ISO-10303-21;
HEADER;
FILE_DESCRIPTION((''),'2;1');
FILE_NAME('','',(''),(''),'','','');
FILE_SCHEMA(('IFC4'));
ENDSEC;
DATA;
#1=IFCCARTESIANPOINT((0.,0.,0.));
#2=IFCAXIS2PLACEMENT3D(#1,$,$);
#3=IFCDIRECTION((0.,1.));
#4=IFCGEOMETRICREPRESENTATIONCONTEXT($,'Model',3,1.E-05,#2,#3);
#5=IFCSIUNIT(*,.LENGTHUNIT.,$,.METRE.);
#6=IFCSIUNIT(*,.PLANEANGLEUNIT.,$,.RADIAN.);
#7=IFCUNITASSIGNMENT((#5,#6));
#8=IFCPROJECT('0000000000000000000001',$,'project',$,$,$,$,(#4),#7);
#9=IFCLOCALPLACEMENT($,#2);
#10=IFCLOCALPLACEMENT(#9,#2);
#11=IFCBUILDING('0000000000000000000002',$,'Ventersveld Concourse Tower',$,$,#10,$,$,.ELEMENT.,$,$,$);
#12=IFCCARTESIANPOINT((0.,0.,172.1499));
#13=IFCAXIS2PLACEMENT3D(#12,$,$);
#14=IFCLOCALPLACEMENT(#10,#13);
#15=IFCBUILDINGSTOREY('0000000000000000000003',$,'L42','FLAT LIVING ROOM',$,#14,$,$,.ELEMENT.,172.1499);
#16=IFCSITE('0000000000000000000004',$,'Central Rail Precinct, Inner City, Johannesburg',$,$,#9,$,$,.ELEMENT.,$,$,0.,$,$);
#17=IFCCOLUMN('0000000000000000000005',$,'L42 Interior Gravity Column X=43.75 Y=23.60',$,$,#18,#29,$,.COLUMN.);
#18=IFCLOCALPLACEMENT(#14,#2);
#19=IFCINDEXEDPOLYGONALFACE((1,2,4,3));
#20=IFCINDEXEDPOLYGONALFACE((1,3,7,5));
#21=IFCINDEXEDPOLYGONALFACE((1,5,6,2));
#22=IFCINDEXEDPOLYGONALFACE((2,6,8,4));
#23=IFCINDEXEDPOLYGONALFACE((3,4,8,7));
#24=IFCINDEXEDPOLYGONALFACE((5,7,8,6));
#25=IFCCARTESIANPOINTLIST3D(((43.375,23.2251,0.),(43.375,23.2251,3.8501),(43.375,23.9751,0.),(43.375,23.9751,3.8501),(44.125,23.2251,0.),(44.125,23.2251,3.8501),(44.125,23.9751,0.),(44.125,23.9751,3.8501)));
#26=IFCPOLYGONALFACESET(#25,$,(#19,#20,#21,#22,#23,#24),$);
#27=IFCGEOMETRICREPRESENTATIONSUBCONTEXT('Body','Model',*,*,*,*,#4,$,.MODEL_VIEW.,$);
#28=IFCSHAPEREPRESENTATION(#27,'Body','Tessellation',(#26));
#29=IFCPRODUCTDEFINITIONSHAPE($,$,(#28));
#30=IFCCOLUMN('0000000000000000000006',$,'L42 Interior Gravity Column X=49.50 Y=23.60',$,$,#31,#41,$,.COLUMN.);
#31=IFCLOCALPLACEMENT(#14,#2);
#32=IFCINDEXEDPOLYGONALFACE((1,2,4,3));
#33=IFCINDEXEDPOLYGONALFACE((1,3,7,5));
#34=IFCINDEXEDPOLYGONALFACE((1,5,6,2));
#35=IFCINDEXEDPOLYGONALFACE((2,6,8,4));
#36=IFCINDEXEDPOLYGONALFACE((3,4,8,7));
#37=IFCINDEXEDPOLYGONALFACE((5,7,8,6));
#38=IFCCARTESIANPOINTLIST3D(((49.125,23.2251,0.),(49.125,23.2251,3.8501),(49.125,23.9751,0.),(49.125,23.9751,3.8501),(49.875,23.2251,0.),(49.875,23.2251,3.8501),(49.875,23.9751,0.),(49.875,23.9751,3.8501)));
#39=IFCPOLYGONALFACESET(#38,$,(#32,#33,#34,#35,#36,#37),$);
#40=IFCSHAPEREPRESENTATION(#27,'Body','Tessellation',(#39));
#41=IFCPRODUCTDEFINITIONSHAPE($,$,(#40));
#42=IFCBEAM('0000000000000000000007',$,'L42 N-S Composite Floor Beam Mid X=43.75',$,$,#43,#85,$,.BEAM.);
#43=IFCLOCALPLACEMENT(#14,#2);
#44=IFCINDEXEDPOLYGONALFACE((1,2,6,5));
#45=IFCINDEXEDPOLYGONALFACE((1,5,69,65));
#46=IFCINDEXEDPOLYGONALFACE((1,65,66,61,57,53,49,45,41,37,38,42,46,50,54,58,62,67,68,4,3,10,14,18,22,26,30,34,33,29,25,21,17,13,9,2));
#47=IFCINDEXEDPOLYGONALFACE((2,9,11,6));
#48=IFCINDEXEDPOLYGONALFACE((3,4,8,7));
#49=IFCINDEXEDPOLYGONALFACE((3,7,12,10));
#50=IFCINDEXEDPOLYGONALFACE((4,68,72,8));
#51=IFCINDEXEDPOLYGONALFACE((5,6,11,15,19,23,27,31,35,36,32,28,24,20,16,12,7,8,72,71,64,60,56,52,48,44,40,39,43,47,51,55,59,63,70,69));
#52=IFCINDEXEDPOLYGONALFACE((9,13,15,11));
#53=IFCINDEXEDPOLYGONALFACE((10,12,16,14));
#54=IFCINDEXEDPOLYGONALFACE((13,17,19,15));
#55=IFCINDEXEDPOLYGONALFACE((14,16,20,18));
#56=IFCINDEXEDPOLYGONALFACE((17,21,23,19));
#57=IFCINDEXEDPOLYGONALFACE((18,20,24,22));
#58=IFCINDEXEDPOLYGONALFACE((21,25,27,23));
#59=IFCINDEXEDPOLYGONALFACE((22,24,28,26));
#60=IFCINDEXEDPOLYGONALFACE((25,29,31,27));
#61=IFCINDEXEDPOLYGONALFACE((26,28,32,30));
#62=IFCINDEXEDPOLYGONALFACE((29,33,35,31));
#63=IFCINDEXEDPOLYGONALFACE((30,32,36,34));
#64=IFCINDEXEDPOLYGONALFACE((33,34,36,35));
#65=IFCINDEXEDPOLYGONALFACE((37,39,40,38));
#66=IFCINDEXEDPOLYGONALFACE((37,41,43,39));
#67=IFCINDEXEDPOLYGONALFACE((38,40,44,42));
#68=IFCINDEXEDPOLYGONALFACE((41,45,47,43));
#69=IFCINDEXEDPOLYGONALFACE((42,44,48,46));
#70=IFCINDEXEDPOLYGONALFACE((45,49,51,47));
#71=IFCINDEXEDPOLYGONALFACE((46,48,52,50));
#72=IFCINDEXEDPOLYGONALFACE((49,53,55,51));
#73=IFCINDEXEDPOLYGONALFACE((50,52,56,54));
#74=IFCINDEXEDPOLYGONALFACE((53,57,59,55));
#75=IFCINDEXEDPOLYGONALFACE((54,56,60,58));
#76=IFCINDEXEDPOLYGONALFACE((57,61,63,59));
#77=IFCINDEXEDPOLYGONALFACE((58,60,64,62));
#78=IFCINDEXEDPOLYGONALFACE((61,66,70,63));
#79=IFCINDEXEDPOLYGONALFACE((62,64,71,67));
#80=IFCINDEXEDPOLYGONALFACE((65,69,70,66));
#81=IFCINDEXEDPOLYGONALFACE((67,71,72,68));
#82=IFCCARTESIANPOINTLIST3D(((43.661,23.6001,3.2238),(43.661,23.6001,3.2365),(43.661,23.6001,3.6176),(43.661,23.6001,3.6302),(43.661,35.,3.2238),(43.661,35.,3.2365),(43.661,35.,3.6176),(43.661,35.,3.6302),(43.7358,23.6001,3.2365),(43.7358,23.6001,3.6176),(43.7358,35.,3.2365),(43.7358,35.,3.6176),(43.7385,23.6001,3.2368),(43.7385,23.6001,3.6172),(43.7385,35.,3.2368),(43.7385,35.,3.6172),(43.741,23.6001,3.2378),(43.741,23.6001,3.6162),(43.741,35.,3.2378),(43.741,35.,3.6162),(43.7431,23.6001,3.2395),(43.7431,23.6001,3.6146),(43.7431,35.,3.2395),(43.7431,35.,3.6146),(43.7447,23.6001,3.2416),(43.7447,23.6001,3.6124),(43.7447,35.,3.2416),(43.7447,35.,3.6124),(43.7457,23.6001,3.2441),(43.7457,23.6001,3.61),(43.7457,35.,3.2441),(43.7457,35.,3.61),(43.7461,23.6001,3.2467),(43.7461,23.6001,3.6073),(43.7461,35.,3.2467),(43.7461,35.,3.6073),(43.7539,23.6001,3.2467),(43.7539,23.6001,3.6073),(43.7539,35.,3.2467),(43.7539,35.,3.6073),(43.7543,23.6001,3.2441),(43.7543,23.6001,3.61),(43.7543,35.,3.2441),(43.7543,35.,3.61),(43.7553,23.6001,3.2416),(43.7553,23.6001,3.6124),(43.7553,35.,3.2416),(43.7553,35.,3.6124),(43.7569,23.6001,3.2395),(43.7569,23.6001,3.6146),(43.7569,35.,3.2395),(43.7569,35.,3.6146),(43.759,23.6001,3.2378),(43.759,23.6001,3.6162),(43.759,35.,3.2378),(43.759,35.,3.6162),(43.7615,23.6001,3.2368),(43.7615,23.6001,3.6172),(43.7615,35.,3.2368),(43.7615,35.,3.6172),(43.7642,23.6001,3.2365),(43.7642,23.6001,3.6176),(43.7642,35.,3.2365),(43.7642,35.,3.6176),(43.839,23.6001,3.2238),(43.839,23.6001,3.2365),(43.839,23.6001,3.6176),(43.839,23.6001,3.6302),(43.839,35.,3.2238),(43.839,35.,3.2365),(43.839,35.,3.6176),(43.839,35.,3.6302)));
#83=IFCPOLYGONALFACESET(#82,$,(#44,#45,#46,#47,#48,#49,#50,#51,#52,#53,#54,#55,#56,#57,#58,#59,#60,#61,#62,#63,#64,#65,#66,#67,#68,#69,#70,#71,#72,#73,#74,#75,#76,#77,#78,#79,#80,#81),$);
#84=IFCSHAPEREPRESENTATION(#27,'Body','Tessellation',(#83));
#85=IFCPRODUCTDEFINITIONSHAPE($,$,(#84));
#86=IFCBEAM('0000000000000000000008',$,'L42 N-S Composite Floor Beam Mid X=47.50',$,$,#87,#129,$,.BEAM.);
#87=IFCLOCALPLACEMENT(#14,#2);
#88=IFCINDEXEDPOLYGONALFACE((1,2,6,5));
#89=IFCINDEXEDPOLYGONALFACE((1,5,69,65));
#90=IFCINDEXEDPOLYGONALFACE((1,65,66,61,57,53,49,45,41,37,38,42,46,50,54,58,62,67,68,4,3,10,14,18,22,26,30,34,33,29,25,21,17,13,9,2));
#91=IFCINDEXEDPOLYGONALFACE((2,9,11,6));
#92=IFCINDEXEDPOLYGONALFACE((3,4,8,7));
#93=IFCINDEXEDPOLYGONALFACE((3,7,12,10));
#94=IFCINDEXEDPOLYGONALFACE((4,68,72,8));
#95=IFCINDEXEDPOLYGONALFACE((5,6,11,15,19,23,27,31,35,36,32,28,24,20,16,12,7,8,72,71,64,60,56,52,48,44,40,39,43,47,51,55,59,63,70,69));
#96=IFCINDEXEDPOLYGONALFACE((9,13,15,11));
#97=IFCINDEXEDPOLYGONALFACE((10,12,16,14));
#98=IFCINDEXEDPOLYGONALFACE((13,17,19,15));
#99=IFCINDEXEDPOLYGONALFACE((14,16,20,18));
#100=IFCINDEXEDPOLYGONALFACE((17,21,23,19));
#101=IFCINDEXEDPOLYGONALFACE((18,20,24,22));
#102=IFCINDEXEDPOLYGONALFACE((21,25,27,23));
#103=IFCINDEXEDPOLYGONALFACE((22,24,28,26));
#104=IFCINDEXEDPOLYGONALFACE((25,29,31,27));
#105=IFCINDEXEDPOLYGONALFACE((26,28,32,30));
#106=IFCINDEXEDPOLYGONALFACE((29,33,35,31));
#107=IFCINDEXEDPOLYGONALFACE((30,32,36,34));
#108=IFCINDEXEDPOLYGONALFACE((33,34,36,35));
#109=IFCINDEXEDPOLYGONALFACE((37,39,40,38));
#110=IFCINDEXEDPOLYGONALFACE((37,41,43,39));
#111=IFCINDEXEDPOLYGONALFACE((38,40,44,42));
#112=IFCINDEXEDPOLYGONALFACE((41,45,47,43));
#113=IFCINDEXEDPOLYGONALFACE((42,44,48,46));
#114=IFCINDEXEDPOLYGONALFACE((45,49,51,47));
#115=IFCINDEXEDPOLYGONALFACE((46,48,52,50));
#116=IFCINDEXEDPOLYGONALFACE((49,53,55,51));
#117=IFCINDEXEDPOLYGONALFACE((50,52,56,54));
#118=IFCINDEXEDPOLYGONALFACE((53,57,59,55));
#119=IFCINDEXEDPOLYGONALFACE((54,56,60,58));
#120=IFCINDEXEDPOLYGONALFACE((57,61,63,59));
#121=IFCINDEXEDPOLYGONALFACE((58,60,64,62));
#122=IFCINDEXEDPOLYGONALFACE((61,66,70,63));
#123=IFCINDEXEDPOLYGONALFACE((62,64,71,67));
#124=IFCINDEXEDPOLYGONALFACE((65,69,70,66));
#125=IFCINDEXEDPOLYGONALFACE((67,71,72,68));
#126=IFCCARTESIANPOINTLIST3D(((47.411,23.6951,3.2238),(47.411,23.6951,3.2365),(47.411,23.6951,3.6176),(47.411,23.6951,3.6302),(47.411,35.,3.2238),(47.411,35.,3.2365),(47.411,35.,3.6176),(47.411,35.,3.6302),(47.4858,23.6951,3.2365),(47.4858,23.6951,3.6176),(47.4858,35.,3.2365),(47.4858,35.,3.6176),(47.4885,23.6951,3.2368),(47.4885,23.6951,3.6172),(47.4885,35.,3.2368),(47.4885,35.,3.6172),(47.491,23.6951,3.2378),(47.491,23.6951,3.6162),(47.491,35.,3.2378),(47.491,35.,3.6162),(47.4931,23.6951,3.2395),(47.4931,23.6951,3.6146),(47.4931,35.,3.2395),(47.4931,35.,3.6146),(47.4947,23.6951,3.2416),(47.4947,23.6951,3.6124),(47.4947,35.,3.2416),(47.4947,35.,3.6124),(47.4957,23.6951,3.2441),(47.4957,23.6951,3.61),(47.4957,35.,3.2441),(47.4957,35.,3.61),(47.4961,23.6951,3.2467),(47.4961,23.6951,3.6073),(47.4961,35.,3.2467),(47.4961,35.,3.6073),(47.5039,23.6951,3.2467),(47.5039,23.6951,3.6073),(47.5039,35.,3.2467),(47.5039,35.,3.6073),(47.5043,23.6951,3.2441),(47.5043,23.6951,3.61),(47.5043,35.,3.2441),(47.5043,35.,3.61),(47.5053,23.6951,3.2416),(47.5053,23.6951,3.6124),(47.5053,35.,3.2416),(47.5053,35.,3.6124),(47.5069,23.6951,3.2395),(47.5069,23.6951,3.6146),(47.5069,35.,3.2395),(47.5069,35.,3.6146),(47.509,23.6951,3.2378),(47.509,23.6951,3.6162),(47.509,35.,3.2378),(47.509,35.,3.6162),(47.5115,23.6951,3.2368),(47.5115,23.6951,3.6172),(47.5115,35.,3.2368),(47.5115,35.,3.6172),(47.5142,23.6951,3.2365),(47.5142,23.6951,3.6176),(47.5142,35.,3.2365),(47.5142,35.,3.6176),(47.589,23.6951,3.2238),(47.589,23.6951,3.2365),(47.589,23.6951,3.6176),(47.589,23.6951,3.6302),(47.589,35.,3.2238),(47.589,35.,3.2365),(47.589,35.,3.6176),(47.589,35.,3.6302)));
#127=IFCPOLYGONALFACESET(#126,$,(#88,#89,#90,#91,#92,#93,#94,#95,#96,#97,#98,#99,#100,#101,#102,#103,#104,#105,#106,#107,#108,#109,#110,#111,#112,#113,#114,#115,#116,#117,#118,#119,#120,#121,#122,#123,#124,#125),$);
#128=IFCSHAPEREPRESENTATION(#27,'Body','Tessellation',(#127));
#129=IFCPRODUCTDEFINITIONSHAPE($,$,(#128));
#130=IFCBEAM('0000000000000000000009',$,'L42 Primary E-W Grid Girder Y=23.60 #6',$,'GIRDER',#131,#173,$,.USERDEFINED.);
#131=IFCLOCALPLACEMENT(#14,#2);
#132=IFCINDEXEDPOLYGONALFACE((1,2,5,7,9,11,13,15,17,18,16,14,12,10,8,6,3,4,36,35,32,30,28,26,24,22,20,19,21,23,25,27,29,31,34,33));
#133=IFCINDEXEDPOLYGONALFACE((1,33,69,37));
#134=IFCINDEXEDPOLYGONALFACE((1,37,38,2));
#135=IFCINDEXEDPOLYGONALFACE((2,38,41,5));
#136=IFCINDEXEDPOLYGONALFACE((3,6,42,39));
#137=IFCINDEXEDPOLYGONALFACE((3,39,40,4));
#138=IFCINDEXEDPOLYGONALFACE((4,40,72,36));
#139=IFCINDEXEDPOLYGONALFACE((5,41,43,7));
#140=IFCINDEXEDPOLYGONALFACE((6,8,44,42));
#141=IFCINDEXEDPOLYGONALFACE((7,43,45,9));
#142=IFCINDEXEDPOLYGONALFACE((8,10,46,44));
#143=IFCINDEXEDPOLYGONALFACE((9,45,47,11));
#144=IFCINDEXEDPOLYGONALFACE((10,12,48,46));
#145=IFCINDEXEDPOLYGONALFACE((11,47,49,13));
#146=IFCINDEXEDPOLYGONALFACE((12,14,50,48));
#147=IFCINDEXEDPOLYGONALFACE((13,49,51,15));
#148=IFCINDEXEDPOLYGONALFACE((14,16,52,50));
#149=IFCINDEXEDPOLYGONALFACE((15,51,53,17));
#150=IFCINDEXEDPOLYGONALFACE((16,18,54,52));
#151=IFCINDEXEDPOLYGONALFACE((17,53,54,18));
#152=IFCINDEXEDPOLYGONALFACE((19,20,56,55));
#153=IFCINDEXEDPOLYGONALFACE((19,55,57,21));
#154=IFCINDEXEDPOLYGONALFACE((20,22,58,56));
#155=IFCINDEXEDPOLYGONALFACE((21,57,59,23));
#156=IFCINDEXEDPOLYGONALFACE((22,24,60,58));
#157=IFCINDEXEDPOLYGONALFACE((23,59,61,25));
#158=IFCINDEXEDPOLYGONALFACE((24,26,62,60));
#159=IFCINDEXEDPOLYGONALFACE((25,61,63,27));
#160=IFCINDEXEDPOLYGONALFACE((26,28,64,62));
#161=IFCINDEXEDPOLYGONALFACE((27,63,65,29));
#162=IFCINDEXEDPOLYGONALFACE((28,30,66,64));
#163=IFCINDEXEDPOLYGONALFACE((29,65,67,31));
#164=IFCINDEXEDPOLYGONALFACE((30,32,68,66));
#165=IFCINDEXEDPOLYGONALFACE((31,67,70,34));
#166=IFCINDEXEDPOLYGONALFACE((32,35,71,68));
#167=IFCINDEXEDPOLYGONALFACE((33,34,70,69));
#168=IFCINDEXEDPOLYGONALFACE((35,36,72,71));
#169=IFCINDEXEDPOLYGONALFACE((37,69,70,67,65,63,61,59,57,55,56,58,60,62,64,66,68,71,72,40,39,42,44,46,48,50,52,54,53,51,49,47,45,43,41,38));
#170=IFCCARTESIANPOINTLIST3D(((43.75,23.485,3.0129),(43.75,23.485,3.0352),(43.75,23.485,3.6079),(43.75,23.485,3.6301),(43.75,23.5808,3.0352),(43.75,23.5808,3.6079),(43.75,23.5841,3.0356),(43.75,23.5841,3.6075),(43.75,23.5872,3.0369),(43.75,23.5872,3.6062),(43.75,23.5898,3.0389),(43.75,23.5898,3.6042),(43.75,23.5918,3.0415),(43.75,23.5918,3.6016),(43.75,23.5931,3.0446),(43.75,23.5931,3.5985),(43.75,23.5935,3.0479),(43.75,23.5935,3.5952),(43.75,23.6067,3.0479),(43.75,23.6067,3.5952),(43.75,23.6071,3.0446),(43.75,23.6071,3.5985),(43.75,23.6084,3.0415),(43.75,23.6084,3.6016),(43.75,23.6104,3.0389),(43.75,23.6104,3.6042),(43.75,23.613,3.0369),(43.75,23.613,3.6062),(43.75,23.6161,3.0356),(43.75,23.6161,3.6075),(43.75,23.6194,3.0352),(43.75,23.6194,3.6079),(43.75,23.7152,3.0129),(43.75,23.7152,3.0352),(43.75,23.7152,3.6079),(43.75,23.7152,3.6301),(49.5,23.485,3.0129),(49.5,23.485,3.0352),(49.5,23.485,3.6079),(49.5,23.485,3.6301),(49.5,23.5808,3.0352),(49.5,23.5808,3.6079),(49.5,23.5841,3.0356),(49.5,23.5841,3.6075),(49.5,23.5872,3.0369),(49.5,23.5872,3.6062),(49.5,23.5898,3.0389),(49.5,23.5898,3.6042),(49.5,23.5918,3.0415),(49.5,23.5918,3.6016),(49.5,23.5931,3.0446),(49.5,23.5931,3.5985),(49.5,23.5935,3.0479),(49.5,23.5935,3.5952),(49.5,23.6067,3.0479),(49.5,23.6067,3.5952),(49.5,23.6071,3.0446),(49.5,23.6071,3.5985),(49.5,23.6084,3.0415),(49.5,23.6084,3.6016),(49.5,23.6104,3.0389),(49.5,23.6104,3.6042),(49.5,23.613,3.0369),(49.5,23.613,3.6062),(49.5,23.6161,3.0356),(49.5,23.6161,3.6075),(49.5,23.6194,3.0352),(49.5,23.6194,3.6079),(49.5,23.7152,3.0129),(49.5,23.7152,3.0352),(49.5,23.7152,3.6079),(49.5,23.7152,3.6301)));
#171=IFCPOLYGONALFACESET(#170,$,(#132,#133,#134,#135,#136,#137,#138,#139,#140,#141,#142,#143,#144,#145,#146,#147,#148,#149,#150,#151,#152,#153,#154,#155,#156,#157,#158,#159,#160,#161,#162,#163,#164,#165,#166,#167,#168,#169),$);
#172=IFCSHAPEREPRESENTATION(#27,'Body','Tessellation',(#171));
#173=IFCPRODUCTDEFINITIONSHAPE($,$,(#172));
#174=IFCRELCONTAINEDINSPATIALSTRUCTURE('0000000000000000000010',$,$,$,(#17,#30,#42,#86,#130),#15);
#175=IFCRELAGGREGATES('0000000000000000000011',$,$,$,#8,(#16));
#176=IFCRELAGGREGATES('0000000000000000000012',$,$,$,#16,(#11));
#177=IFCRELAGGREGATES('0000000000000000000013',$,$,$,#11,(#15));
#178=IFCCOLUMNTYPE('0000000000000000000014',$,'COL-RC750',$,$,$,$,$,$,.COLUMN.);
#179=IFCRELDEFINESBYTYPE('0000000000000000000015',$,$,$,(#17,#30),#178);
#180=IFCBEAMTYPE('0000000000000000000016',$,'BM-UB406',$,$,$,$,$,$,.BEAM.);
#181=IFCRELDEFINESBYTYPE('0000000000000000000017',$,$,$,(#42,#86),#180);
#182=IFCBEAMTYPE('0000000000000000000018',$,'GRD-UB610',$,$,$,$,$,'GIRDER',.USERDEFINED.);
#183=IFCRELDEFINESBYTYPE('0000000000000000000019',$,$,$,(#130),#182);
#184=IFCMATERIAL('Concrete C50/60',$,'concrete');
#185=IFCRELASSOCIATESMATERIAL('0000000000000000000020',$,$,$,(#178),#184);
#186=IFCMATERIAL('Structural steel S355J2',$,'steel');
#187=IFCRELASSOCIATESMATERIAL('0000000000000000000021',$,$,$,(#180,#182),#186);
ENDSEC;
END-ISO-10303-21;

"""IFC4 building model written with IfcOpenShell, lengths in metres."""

from ifc_helpers import new_model, si_unit, direction, frame, origin, origin_2d, place, context, subcontext, project, spatial, rectangle, i_section, extrude, material, material_profile, profile_set, type_object, element, save


model = new_model("IFC4")

# Units and contexts
model_context = context("Model", 3, precision=1e-05, world=origin(), true_north=direction((0.0, 1.0)))
body_context = subcontext(model_context, "Body", "Model", "MODEL_VIEW")
ifc_project = project(units=[si_unit("LENGTHUNIT", "METRE"), si_unit("PLANEANGLEUNIT", "RADIAN")], contexts=[model_context])

# Site, building, storey
site_placement = place(None, origin())
site = spatial("IfcSite", under=ifc_project, at=site_placement, Name="Central Rail Precinct, Inner City, Johannesburg", CompositionType="ELEMENT", RefElevation=0.0)
building_placement = place(site_placement, origin())
building = spatial("IfcBuilding", under=site, at=building_placement, Name="Ventersveld Concourse Tower", CompositionType="ELEMENT")
storey_placement = place(building_placement, frame((0.0, 0.0, 172.1499)))
storey = spatial("IfcBuildingStorey", under=building, at=storey_placement, Name="L42", Description="FLAT LIVING ROOM", CompositionType="ELEMENT", Elevation=172.1499)

# Columns
ifc_material_1 = material(Name="Concrete C50/60", Category="concrete")
ifc_material_profile_1 = material_profile(ifc_material_1, rectangle(XDim=0.75, YDim=0.75, at=origin_2d()), Name="RC 750x750")
ifc_profile_set_1 = profile_set([ifc_material_profile_1], Name="Concrete C50/60")
column_type = type_object("IfcColumnType", Name="COL-RC750", PredefinedType="COLUMN", material=ifc_profile_set_1)
for number, where, z_axis, x_axis, name in (
    (1, (43.75, 23.6001, 0.0), (0.0, 0.0, 1.0), (1.0, 0.0, 0.0), "L42 Interior Gravity Column X=43.75 Y=23.60"),
    (2, (49.5, 23.6001, 0.0), (0.0, 0.0, 1.0), (1.0, 0.0, 0.0), "L42 Interior Gravity Column X=49.50 Y=23.60"),
):
    element("IfcColumn", number, at=place(storey_placement, frame(where, z_axis=z_axis, x_axis=x_axis)), inside=storey, type_object=column_type, Name=name, PredefinedType="COLUMN", context=body_context, shape_type="SweptSolid", body=[
        extrude(rectangle(XDim=0.75, YDim=0.75, at=origin_2d()), origin(), (0.0, 0.0, 1.0), 3.8501),
    ])

# Beams
ifc_material_2 = material(Name="Structural steel S355J2", Category="steel")
ifc_material_profile_2 = material_profile(ifc_material_2, i_section(OverallWidth=0.178, OverallDepth=0.4065, WebThickness=0.0078, FlangeThickness=0.0127, FilletRadius=0.0103, at=origin_2d()), Name="UB 406x178x60")
ifc_profile_set_2 = profile_set([ifc_material_profile_2], Name="Structural steel S355J2")
beam_type_1 = type_object("IfcBeamType", Name="BM-UB406", PredefinedType="BEAM", material=ifc_profile_set_2)
beam_1_placement = place(storey_placement, frame((43.75, 23.6001, 3.427), z_axis=(0.0, 1.0, 0.0), x_axis=(-1.0, 0.0, 0.0)))
element("IfcBeam", 3, at=beam_1_placement, inside=storey, type_object=beam_type_1, Name="L42 N-S Composite Floor Beam Mid X=43.75", PredefinedType="BEAM", context=body_context, shape_type="SweptSolid", body=[
    extrude(i_section(OverallWidth=0.178, OverallDepth=0.4065, WebThickness=0.0078, FlangeThickness=0.0127, FilletRadius=0.0103, at=origin_2d()), origin(), (0.0, 0.0, 1.0), 11.3999),
])
beam_2_placement = place(storey_placement, frame((47.5, 23.6951, 3.427), z_axis=(0.0, 1.0, 0.0), x_axis=(-1.0, 0.0, 0.0)))
element("IfcBeam", 4, at=beam_2_placement, inside=storey, type_object=beam_type_1, Name="L42 N-S Composite Floor Beam Mid X=47.50", PredefinedType="BEAM", context=body_context, shape_type="SweptSolid", body=[
    extrude(i_section(OverallWidth=0.178, OverallDepth=0.4065, WebThickness=0.0078, FlangeThickness=0.0127, FilletRadius=0.0103, at=origin_2d()), origin(), (0.0, 0.0, 1.0), 11.3049),
])
ifc_material_profile_3 = material_profile(ifc_material_2, i_section(OverallWidth=0.2302, OverallDepth=0.6172, WebThickness=0.0132, FlangeThickness=0.0222, FilletRadius=0.0127, at=origin_2d()), Name="UB 610x229x140")
ifc_profile_set_3 = profile_set([ifc_material_profile_3], Name="Structural steel S355J2")
beam_type_2 = type_object("IfcBeamType", Name="GRD-UB610", ElementType="GIRDER", PredefinedType="USERDEFINED", material=ifc_profile_set_3)
beam_3_placement = place(storey_placement, frame((43.75, 23.6001, 3.3215), z_axis=(1.0, 0.0, 0.0), x_axis=(0.0, 1.0, 0.0)))
element("IfcBeam", 5, at=beam_3_placement, inside=storey, type_object=beam_type_2, Name="L42 Primary E-W Grid Girder Y=23.60 #6", ObjectType="GIRDER", PredefinedType="USERDEFINED", context=body_context, shape_type="SweptSolid", body=[
    extrude(i_section(OverallWidth=0.2302, OverallDepth=0.6172, WebThickness=0.0132, FlangeThickness=0.0222, FilletRadius=0.0127, at=origin_2d()), origin(), (0.0, 0.0, 1.0), 5.75),
])

save(model, "model.ifc")
